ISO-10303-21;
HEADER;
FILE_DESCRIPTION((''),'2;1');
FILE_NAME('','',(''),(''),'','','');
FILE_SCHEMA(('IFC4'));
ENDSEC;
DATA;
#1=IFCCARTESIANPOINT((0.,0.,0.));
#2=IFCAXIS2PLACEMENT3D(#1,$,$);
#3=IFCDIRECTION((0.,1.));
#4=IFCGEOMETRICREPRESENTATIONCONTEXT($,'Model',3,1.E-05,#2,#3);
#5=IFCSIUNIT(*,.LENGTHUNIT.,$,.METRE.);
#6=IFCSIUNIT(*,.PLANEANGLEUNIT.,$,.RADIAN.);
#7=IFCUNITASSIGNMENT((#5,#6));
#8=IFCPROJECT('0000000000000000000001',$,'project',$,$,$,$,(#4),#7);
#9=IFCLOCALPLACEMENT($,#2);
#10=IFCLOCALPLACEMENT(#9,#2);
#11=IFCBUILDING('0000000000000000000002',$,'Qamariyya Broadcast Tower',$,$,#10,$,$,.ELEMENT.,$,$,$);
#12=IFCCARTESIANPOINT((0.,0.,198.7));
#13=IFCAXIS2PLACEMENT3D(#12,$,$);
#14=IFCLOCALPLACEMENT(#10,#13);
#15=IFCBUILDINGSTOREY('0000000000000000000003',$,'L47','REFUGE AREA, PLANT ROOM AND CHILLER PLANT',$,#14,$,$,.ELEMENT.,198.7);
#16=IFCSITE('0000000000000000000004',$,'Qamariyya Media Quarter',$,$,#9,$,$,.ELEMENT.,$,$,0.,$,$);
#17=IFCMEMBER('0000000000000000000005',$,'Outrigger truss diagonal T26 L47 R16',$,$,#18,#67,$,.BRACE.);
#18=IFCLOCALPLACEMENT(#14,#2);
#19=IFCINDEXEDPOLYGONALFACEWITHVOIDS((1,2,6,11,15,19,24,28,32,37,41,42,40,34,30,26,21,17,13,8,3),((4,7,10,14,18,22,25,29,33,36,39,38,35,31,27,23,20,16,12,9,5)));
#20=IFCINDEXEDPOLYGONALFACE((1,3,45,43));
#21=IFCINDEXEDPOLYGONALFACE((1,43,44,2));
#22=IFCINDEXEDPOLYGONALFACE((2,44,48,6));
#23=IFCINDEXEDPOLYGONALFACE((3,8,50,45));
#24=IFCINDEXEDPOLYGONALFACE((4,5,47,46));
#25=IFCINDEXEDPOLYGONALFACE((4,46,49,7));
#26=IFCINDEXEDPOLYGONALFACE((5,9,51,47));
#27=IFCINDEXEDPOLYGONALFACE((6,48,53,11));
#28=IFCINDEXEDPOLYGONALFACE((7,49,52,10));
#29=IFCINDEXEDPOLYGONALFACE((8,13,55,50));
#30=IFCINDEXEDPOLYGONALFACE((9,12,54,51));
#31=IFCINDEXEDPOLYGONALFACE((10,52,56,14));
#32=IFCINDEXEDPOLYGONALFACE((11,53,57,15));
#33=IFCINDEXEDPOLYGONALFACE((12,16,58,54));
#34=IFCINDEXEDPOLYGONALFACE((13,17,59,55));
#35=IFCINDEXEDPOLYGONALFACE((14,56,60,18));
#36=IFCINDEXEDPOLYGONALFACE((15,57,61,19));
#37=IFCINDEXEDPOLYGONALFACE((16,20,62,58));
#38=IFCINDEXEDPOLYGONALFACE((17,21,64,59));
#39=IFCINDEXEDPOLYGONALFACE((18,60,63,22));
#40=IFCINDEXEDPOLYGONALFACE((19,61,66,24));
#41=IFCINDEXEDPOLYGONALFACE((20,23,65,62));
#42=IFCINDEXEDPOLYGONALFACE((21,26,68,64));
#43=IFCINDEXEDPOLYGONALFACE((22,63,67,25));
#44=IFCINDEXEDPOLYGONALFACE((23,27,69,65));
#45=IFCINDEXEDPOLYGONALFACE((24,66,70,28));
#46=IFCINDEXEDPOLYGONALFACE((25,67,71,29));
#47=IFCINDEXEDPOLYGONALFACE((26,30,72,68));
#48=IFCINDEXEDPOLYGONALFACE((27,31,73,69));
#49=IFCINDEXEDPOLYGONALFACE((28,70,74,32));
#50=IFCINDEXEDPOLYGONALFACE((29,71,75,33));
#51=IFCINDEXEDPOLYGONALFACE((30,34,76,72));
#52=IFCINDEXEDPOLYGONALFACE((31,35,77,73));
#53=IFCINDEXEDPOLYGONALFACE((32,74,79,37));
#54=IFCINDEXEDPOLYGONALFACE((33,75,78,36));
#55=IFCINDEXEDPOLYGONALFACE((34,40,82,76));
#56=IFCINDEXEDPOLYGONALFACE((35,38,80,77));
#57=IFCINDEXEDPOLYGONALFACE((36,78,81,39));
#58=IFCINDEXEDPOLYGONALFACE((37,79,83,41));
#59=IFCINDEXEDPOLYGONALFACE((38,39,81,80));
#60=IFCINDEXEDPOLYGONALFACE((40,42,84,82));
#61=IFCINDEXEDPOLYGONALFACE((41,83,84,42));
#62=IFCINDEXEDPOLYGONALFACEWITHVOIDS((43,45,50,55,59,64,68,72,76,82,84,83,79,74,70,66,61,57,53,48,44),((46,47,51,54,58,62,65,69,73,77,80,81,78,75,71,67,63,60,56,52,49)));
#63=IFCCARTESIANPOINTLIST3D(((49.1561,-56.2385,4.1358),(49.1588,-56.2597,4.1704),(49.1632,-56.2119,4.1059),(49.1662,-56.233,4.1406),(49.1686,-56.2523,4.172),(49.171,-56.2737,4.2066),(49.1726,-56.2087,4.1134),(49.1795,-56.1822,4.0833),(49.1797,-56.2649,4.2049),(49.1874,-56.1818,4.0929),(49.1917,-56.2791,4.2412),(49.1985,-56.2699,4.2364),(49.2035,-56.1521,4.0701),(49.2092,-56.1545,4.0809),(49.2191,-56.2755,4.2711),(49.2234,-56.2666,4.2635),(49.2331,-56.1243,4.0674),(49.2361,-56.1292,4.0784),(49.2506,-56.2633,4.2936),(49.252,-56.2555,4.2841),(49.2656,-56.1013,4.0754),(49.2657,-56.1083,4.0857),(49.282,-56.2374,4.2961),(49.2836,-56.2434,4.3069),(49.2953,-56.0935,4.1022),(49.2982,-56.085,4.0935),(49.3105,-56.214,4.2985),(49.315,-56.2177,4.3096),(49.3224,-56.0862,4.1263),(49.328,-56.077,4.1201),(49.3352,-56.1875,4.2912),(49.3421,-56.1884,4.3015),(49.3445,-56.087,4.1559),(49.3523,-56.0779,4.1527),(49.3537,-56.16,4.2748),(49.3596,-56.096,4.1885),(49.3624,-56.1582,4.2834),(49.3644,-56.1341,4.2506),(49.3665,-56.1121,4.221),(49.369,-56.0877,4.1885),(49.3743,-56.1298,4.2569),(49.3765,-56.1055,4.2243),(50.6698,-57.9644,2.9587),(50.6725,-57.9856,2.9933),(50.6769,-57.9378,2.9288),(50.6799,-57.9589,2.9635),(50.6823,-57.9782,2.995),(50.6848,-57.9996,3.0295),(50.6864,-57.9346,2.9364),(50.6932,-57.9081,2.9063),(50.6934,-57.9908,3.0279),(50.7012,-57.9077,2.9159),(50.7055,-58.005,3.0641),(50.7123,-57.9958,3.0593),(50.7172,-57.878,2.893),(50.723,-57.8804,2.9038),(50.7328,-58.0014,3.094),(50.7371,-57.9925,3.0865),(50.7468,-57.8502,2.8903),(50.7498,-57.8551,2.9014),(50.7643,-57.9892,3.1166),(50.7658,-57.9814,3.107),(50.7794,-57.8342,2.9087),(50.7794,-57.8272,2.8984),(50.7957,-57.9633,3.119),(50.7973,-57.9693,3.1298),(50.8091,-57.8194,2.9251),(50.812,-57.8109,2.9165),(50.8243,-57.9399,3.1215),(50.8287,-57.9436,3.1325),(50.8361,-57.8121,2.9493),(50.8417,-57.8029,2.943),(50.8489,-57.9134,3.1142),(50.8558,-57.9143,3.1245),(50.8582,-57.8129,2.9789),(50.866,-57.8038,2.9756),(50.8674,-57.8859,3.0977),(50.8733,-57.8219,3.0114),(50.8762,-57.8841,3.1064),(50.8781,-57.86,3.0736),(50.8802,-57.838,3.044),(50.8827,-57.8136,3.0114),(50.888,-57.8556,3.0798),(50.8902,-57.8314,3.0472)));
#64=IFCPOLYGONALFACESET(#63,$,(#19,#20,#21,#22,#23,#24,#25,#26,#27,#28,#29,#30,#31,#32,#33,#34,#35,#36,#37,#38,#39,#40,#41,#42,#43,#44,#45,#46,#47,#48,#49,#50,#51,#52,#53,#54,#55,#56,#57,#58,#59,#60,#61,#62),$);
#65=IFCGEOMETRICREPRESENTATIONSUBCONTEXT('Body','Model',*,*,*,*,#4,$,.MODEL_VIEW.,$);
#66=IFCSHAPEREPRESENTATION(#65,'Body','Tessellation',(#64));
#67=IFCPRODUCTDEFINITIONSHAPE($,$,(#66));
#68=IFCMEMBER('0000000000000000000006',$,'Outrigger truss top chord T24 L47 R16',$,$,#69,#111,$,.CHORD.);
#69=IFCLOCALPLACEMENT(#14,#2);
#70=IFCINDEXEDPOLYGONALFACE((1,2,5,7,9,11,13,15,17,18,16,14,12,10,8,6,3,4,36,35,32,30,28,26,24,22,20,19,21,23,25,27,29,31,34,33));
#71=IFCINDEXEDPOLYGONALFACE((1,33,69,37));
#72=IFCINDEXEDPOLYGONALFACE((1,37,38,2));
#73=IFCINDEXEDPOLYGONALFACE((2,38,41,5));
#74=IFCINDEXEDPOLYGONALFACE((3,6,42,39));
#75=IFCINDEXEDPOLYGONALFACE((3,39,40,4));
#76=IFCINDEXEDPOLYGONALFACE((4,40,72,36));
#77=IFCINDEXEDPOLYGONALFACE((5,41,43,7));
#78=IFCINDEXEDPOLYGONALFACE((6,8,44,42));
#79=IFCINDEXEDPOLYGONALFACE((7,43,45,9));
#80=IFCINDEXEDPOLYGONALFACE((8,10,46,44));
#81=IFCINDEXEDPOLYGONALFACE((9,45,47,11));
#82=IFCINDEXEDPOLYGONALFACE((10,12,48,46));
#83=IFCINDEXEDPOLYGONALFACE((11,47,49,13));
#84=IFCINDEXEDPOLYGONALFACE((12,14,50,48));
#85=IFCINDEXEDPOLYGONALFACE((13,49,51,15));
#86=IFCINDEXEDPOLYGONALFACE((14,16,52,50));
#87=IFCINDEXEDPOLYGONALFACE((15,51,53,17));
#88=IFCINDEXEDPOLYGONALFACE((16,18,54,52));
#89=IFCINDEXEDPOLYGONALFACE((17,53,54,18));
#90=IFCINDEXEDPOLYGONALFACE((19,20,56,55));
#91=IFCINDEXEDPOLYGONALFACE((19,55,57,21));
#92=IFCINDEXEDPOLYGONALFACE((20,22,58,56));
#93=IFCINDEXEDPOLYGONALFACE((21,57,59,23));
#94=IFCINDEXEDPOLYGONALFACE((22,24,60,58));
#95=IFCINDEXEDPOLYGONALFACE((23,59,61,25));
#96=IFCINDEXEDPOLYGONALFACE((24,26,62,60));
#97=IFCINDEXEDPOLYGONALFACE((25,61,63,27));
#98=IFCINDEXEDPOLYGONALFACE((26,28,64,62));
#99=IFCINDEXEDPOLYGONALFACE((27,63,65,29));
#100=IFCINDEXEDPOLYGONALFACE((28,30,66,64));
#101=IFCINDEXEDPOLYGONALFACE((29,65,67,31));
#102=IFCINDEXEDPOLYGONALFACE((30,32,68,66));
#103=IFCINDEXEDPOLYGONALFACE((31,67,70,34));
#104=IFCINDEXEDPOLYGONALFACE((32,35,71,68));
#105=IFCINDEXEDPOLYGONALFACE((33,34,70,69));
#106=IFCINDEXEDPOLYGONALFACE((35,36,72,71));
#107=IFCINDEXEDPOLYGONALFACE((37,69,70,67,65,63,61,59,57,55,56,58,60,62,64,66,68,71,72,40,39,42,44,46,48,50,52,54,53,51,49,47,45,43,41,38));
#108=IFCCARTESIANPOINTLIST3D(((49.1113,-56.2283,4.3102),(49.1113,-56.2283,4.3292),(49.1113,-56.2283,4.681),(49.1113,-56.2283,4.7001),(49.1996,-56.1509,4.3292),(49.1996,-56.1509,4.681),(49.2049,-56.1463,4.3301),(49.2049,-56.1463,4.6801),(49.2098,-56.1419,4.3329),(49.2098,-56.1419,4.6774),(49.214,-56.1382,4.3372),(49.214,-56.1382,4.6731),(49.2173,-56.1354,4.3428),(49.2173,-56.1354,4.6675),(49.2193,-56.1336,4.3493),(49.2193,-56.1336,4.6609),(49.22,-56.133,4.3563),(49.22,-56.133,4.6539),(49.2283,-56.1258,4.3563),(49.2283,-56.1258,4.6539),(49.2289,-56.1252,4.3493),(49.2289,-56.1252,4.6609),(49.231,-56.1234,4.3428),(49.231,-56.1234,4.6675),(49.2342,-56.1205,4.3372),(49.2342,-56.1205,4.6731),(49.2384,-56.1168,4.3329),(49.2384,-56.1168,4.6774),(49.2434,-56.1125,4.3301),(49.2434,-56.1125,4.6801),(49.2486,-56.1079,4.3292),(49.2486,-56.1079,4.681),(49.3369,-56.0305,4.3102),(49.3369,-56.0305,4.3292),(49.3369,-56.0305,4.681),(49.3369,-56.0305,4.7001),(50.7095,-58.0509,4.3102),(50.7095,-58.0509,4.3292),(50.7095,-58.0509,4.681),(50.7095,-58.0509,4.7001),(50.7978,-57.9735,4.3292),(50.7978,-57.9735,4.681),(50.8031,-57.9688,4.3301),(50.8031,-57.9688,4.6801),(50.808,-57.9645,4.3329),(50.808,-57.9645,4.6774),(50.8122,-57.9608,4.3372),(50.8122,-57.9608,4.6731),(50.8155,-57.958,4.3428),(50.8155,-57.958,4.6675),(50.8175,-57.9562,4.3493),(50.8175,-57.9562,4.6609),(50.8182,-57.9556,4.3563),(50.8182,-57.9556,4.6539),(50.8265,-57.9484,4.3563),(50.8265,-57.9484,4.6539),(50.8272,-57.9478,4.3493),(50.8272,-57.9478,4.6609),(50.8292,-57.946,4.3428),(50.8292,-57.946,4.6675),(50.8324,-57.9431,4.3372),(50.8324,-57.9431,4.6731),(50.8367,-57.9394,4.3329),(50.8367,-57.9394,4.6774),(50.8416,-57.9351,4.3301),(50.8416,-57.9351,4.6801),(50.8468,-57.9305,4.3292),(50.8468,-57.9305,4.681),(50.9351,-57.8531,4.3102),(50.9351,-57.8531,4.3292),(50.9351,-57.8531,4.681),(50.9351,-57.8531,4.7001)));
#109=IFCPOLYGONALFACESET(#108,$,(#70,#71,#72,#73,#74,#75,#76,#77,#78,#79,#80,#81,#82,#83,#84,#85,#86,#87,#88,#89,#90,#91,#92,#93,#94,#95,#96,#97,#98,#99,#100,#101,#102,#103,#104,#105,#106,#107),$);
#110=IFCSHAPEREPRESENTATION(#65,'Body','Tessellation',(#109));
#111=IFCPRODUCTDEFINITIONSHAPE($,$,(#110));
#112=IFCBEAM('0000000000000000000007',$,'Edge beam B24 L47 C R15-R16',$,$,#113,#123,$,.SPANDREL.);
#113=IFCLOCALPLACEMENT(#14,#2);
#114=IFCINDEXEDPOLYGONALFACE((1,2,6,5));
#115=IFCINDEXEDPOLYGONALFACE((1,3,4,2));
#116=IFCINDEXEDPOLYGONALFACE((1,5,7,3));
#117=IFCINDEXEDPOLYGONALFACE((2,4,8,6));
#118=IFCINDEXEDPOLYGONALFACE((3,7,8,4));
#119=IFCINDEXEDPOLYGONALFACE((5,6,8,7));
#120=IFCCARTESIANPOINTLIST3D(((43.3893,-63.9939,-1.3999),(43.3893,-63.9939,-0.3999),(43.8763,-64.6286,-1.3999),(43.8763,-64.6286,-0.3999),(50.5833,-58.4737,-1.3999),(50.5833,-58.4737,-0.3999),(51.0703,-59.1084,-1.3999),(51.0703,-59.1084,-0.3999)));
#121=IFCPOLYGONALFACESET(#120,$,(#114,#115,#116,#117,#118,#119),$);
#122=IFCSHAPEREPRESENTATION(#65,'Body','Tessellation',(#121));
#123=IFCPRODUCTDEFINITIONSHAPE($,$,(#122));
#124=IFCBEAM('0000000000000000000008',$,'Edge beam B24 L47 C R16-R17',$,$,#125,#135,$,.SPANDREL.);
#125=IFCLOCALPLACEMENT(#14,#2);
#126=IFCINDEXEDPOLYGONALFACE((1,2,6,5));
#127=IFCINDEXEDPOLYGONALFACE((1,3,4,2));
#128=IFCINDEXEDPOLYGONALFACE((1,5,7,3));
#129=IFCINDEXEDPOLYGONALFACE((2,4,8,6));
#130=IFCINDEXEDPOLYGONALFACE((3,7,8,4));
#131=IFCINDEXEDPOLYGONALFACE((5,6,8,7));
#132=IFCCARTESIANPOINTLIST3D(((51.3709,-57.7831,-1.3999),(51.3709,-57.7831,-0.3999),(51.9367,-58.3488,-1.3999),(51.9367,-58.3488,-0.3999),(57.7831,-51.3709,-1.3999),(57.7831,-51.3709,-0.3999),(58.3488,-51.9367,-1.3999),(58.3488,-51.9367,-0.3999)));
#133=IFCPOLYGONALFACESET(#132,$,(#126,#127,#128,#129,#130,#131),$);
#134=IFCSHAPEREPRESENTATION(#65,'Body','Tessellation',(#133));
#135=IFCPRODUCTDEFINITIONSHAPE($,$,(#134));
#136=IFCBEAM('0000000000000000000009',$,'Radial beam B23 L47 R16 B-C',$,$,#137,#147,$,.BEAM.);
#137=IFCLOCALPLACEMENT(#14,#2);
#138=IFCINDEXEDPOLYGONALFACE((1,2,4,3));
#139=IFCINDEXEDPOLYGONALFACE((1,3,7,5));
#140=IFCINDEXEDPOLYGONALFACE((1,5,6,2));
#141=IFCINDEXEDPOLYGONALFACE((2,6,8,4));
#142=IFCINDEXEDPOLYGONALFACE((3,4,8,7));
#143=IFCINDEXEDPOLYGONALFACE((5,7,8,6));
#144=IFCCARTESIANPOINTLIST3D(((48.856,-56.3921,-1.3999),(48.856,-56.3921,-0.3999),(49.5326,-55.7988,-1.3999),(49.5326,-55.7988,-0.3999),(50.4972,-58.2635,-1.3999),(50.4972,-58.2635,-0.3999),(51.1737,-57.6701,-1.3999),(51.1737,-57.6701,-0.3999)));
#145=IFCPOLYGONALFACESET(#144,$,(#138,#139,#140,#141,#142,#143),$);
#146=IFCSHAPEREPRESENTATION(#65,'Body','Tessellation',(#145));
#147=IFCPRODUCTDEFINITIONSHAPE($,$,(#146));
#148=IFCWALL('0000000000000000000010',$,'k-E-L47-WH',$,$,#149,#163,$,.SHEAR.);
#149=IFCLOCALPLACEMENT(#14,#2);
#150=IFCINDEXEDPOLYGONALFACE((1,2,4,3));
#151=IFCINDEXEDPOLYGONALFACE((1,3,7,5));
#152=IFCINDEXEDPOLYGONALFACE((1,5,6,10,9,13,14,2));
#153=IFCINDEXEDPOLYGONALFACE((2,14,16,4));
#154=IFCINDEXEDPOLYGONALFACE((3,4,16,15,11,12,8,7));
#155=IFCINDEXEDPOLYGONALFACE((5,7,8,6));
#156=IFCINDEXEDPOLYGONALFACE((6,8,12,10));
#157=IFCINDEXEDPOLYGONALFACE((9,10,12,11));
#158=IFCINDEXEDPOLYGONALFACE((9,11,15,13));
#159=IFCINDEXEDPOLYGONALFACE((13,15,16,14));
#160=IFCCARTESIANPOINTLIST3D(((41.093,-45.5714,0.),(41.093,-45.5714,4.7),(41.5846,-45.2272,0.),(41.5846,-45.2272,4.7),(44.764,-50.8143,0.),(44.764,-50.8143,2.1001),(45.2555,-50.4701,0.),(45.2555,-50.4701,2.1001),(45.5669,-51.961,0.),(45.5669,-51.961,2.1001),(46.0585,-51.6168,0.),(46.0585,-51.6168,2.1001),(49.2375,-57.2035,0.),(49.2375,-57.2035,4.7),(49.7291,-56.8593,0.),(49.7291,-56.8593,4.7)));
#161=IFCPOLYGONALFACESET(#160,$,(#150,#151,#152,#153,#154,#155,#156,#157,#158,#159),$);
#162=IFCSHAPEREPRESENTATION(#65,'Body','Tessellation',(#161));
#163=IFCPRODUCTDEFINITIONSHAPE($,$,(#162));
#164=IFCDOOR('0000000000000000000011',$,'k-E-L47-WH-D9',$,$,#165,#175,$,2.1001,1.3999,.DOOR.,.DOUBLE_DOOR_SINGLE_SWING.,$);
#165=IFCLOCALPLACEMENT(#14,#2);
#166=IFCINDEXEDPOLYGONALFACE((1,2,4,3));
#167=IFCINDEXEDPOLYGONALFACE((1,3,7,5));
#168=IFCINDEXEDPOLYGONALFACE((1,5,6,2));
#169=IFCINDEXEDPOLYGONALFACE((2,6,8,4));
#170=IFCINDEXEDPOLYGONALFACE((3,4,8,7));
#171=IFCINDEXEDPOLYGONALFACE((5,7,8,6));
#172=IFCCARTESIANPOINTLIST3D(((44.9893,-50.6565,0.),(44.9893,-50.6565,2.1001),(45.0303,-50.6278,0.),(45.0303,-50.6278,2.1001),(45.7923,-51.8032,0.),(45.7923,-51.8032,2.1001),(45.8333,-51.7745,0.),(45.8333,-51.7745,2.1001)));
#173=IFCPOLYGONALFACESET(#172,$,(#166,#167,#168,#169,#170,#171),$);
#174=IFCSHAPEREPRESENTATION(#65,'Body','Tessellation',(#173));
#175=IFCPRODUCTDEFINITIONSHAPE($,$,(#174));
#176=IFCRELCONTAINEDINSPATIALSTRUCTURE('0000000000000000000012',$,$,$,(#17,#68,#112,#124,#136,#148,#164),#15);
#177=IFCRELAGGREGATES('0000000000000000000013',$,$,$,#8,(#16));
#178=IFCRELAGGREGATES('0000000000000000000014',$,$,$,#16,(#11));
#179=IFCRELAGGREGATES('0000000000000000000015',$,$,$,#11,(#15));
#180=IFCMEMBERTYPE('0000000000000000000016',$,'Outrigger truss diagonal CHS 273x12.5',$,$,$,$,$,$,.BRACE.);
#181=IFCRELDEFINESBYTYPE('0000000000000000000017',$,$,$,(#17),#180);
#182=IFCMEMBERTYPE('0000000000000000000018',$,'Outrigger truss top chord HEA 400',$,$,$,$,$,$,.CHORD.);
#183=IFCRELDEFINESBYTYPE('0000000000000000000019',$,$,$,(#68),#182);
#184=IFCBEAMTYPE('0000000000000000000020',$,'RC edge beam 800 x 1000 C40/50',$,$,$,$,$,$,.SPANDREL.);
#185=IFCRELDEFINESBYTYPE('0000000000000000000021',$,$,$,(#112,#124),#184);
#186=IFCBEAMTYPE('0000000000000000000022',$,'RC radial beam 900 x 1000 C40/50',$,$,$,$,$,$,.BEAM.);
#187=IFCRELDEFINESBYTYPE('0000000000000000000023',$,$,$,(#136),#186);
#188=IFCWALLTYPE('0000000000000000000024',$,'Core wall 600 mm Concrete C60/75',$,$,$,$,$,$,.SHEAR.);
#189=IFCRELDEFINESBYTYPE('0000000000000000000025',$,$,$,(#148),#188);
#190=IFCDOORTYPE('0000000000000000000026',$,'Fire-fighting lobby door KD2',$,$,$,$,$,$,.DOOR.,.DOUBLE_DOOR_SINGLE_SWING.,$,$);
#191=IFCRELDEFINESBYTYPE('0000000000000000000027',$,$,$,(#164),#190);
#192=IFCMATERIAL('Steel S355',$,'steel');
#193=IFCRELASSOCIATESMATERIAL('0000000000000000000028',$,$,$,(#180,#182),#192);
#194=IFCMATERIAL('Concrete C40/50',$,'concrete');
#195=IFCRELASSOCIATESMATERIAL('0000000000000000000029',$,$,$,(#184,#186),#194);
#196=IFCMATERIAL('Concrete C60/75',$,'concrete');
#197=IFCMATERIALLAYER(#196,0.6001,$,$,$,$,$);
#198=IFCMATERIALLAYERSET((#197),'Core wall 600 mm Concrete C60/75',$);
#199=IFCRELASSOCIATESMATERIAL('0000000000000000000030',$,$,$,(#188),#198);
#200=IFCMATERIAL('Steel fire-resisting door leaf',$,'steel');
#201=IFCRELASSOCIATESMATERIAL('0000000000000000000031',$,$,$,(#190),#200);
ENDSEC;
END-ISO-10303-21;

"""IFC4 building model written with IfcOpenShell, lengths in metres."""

from ifc_helpers import new_model, si_unit, direction, frame, frame_2d, origin, origin_2d, place, context, subcontext, project, spatial, rectangle, hollow_circle, i_section, extrude, material, layer, layer_set, material_profile, profile_set, type_object, element, fill, save


model = new_model("IFC4")

# Units and contexts
model_context = context("Model", 3, precision=1e-05, world=origin(), true_north=direction((0.0, 1.0)))
body_context = subcontext(model_context, "Body", "Model", "MODEL_VIEW")
ifc_project = project(units=[si_unit("LENGTHUNIT", "METRE"), si_unit("PLANEANGLEUNIT", "RADIAN")], contexts=[model_context])

# Site, building, storey
site_placement = place(None, origin())
site = spatial("IfcSite", under=ifc_project, at=site_placement, Name="Qamariyya Media Quarter", CompositionType="ELEMENT", RefElevation=0.0)
building_placement = place(site_placement, origin())
building = spatial("IfcBuilding", under=site, at=building_placement, Name="Qamariyya Broadcast Tower", CompositionType="ELEMENT")
storey_placement = place(building_placement, frame((0.0, 0.0, 198.7)))
storey = spatial("IfcBuildingStorey", under=building, at=storey_placement, Name="L47", Description="REFUGE AREA, PLANT ROOM AND CHILLER PLANT", CompositionType="ELEMENT", Elevation=198.7)

# Shared definitions
ifc_material_1 = material(Name="Concrete C60/75", Category="concrete")

# Members
ifc_material_2 = material(Name="Steel S355", Category="steel")
ifc_material_profile_1 = material_profile(ifc_material_2, hollow_circle(Radius=0.1365, WallThickness=0.0125, at=origin_2d()))
ifc_profile_set_1 = profile_set([ifc_material_profile_1], Name="Steel S355")
member_type_1 = type_object("IfcMemberType", Name="Outrigger truss diagonal CHS 273x12.5", PredefinedType="BRACE", material=ifc_profile_set_1)
member_1_placement = place(storey_placement, frame((49.2664, -56.1777, 4.1885), z_axis=(0.586755, -0.668995, -0.456249), x_axis=(0.751805, 0.659385, 0.0)))
element("IfcMember", 1, at=member_1_placement, inside=storey, type_object=member_type_1, Name="Outrigger truss diagonal T26 L47 R16", PredefinedType="BRACE", context=body_context, shape_type="SweptSolid", body=[
    extrude(hollow_circle(Radius=0.1365, WallThickness=0.0125, at=origin_2d()), origin(), (0.0, 0.0, 1.0), 2.5798),
])
ifc_material_profile_2 = material_profile(ifc_material_2, i_section(OverallWidth=0.3, OverallDepth=0.3899, WebThickness=0.011, FlangeThickness=0.019, FilletRadius=0.0271, at=origin_2d()))
ifc_profile_set_2 = profile_set([ifc_material_profile_2], Name="Steel S355")
member_type_2 = type_object("IfcMemberType", Name="Outrigger truss top chord HEA 400", PredefinedType="CHORD", material=ifc_profile_set_2)
member_2_placement = place(storey_placement, frame((49.2241, -56.1294, 4.5051), z_axis=(0.65931, -0.751871, 0.0), x_axis=(0.751871, 0.65931, 0.0)))
element("IfcMember", 2, at=member_2_placement, inside=storey, type_object=member_type_2, Name="Outrigger truss top chord T24 L47 R16", PredefinedType="CHORD", context=body_context, shape_type="SweptSolid", body=[
    extrude(i_section(OverallWidth=0.3, OverallDepth=0.3899, WebThickness=0.011, FlangeThickness=0.019, FilletRadius=0.0271, at=origin_2d()), origin(), (0.0, 0.0, 1.0), 2.4241),
])

# Beams
ifc_material_3 = material(Name="Concrete C40/50", Category="concrete")
ifc_material_profile_3 = material_profile(ifc_material_3, rectangle(XDim=0.8, YDim=1.0, at=origin_2d()))
ifc_profile_set_3 = profile_set([ifc_material_profile_3], Name="Concrete C40/50")
beam_type_1 = type_object("IfcBeamType", Name="RC edge beam 800 x 1000 C40/50", PredefinedType="SPANDREL", material=ifc_profile_set_3)
beam_1_placement = place(storey_placement, frame((43.6328, -64.3113, -0.8999), z_axis=(0.793351, 0.608764, 0.0), x_axis=(-0.608764, 0.793351, 0.0)))
element("IfcBeam", 3, at=beam_1_placement, inside=storey, type_object=beam_type_1, Name="Edge beam B24 L47 C R15-R16", PredefinedType="SPANDREL", context=body_context, shape_type="SweptSolid", body=[
    extrude(rectangle(XDim=0.8, YDim=1.0, at=origin_2d()), origin(), (0.0, 0.0, 1.0), 9.0679),
])
beam_2_placement = place(storey_placement, frame((51.6538, -58.0659, -0.8999), z_axis=(0.707107, 0.707107, 0.0), x_axis=(-0.707107, 0.707107, 0.0)))
element("IfcBeam", 4, at=beam_2_placement, inside=storey, type_object=beam_type_1, Name="Edge beam B24 L47 C R16-R17", PredefinedType="SPANDREL", context=body_context, shape_type="SweptSolid", body=[
    extrude(rectangle(XDim=0.8, YDim=1.0, at=origin_2d()), origin(), (0.0, 0.0, 1.0), 9.0681),
])
ifc_material_profile_4 = material_profile(ifc_material_3, rectangle(XDim=0.8999, YDim=1.0, at=origin_2d()))
ifc_profile_set_4 = profile_set([ifc_material_profile_4], Name="Concrete C40/50")
beam_type_2 = type_object("IfcBeamType", Name="RC radial beam 900 x 1000 C40/50", PredefinedType="BEAM", material=ifc_profile_set_4)
beam_3_placement = place(storey_placement, frame((49.1943, -56.0955, -0.8999), z_axis=(0.659344, -0.751841, 0.0), x_axis=(0.751841, 0.659344, 0.0)))
element("IfcBeam", 5, at=beam_3_placement, inside=storey, type_object=beam_type_2, Name="Radial beam B23 L47 R16 B-C", PredefinedType="BEAM", context=body_context, shape_type="SweptSolid", body=[
    extrude(rectangle(XDim=0.8999, YDim=1.0, at=origin_2d()), origin(), (0.0, 0.0, 1.0), 2.489),
])

# Wall, opening, door
ifc_layer_1 = layer(ifc_material_1, 0.6001)
ifc_layer_set_1 = layer_set([ifc_layer_1], Name="Core wall 600 mm Concrete C60/75")
wall_type_1 = type_object("IfcWallType", Name="Core wall 600 mm Concrete C60/75", PredefinedType="SHEAR", material=ifc_layer_set_1)
wall_1_placement = place(storey_placement, frame((49.4834, -57.0315, 0.0), z_axis=(0.0, 0.0, 1.0), x_axis=(-0.57356, 0.819163, 0.0)))
wall_1 = element("IfcWall", 6, at=wall_1_placement, inside=storey, type_object=wall_type_1, Name="k-E-L47-WH", PredefinedType="SHEAR", context=body_context, shape_type="SweptSolid", body=[
    extrude(rectangle(XDim=14.2, YDim=0.6001, at=frame_2d((7.1001, 0.0))), origin(), (0.0, 0.0, 1.0), 4.7),
])
opening_placement = place(wall_1_placement, frame((6.3999, 0.0, 0.0)))
opening = element("IfcOpeningElement", 7, at=opening_placement, cuts=wall_1, PredefinedType="OPENING", context=body_context, shape_type="SweptSolid", body=[
    extrude(rectangle(XDim=1.3999, YDim=2.1001, at=frame_2d((0.7, 1.05))), frame((0.0, 0.3101, 0.0), z_axis=(0.0, -1.0, 0.0), x_axis=(1.0, 0.0, 0.0)), (0.0, 0.0, 1.0), 0.6201),
])
ifc_material_4 = material(Name="Steel fire-resisting door leaf", Category="steel")
door_type = type_object("IfcDoorType", Name="Fire-fighting lobby door KD2", OperationType="DOUBLE_DOOR_SINGLE_SWING", PredefinedType="DOOR", material=ifc_material_4)
door_placement = place(opening_placement, origin())
door = element("IfcDoor", 8, at=door_placement, inside=storey, type_object=door_type, Name="k-E-L47-WH-D9", OperationType="DOUBLE_DOOR_SINGLE_SWING", OverallHeight=2.1001, OverallWidth=1.3999, PredefinedType="DOOR", context=body_context, shape_type="SweptSolid", body=[
    extrude(rectangle(XDim=1.3999, YDim=2.1001, at=frame_2d((0.7, 1.05))), frame((0.0, 0.0249, 0.0), z_axis=(0.0, -1.0, 0.0), x_axis=(1.0, 0.0, 0.0)), (0.0, 0.0, 1.0), 0.05),
])
fill(opening, door)

save(model, "model.ifc")
